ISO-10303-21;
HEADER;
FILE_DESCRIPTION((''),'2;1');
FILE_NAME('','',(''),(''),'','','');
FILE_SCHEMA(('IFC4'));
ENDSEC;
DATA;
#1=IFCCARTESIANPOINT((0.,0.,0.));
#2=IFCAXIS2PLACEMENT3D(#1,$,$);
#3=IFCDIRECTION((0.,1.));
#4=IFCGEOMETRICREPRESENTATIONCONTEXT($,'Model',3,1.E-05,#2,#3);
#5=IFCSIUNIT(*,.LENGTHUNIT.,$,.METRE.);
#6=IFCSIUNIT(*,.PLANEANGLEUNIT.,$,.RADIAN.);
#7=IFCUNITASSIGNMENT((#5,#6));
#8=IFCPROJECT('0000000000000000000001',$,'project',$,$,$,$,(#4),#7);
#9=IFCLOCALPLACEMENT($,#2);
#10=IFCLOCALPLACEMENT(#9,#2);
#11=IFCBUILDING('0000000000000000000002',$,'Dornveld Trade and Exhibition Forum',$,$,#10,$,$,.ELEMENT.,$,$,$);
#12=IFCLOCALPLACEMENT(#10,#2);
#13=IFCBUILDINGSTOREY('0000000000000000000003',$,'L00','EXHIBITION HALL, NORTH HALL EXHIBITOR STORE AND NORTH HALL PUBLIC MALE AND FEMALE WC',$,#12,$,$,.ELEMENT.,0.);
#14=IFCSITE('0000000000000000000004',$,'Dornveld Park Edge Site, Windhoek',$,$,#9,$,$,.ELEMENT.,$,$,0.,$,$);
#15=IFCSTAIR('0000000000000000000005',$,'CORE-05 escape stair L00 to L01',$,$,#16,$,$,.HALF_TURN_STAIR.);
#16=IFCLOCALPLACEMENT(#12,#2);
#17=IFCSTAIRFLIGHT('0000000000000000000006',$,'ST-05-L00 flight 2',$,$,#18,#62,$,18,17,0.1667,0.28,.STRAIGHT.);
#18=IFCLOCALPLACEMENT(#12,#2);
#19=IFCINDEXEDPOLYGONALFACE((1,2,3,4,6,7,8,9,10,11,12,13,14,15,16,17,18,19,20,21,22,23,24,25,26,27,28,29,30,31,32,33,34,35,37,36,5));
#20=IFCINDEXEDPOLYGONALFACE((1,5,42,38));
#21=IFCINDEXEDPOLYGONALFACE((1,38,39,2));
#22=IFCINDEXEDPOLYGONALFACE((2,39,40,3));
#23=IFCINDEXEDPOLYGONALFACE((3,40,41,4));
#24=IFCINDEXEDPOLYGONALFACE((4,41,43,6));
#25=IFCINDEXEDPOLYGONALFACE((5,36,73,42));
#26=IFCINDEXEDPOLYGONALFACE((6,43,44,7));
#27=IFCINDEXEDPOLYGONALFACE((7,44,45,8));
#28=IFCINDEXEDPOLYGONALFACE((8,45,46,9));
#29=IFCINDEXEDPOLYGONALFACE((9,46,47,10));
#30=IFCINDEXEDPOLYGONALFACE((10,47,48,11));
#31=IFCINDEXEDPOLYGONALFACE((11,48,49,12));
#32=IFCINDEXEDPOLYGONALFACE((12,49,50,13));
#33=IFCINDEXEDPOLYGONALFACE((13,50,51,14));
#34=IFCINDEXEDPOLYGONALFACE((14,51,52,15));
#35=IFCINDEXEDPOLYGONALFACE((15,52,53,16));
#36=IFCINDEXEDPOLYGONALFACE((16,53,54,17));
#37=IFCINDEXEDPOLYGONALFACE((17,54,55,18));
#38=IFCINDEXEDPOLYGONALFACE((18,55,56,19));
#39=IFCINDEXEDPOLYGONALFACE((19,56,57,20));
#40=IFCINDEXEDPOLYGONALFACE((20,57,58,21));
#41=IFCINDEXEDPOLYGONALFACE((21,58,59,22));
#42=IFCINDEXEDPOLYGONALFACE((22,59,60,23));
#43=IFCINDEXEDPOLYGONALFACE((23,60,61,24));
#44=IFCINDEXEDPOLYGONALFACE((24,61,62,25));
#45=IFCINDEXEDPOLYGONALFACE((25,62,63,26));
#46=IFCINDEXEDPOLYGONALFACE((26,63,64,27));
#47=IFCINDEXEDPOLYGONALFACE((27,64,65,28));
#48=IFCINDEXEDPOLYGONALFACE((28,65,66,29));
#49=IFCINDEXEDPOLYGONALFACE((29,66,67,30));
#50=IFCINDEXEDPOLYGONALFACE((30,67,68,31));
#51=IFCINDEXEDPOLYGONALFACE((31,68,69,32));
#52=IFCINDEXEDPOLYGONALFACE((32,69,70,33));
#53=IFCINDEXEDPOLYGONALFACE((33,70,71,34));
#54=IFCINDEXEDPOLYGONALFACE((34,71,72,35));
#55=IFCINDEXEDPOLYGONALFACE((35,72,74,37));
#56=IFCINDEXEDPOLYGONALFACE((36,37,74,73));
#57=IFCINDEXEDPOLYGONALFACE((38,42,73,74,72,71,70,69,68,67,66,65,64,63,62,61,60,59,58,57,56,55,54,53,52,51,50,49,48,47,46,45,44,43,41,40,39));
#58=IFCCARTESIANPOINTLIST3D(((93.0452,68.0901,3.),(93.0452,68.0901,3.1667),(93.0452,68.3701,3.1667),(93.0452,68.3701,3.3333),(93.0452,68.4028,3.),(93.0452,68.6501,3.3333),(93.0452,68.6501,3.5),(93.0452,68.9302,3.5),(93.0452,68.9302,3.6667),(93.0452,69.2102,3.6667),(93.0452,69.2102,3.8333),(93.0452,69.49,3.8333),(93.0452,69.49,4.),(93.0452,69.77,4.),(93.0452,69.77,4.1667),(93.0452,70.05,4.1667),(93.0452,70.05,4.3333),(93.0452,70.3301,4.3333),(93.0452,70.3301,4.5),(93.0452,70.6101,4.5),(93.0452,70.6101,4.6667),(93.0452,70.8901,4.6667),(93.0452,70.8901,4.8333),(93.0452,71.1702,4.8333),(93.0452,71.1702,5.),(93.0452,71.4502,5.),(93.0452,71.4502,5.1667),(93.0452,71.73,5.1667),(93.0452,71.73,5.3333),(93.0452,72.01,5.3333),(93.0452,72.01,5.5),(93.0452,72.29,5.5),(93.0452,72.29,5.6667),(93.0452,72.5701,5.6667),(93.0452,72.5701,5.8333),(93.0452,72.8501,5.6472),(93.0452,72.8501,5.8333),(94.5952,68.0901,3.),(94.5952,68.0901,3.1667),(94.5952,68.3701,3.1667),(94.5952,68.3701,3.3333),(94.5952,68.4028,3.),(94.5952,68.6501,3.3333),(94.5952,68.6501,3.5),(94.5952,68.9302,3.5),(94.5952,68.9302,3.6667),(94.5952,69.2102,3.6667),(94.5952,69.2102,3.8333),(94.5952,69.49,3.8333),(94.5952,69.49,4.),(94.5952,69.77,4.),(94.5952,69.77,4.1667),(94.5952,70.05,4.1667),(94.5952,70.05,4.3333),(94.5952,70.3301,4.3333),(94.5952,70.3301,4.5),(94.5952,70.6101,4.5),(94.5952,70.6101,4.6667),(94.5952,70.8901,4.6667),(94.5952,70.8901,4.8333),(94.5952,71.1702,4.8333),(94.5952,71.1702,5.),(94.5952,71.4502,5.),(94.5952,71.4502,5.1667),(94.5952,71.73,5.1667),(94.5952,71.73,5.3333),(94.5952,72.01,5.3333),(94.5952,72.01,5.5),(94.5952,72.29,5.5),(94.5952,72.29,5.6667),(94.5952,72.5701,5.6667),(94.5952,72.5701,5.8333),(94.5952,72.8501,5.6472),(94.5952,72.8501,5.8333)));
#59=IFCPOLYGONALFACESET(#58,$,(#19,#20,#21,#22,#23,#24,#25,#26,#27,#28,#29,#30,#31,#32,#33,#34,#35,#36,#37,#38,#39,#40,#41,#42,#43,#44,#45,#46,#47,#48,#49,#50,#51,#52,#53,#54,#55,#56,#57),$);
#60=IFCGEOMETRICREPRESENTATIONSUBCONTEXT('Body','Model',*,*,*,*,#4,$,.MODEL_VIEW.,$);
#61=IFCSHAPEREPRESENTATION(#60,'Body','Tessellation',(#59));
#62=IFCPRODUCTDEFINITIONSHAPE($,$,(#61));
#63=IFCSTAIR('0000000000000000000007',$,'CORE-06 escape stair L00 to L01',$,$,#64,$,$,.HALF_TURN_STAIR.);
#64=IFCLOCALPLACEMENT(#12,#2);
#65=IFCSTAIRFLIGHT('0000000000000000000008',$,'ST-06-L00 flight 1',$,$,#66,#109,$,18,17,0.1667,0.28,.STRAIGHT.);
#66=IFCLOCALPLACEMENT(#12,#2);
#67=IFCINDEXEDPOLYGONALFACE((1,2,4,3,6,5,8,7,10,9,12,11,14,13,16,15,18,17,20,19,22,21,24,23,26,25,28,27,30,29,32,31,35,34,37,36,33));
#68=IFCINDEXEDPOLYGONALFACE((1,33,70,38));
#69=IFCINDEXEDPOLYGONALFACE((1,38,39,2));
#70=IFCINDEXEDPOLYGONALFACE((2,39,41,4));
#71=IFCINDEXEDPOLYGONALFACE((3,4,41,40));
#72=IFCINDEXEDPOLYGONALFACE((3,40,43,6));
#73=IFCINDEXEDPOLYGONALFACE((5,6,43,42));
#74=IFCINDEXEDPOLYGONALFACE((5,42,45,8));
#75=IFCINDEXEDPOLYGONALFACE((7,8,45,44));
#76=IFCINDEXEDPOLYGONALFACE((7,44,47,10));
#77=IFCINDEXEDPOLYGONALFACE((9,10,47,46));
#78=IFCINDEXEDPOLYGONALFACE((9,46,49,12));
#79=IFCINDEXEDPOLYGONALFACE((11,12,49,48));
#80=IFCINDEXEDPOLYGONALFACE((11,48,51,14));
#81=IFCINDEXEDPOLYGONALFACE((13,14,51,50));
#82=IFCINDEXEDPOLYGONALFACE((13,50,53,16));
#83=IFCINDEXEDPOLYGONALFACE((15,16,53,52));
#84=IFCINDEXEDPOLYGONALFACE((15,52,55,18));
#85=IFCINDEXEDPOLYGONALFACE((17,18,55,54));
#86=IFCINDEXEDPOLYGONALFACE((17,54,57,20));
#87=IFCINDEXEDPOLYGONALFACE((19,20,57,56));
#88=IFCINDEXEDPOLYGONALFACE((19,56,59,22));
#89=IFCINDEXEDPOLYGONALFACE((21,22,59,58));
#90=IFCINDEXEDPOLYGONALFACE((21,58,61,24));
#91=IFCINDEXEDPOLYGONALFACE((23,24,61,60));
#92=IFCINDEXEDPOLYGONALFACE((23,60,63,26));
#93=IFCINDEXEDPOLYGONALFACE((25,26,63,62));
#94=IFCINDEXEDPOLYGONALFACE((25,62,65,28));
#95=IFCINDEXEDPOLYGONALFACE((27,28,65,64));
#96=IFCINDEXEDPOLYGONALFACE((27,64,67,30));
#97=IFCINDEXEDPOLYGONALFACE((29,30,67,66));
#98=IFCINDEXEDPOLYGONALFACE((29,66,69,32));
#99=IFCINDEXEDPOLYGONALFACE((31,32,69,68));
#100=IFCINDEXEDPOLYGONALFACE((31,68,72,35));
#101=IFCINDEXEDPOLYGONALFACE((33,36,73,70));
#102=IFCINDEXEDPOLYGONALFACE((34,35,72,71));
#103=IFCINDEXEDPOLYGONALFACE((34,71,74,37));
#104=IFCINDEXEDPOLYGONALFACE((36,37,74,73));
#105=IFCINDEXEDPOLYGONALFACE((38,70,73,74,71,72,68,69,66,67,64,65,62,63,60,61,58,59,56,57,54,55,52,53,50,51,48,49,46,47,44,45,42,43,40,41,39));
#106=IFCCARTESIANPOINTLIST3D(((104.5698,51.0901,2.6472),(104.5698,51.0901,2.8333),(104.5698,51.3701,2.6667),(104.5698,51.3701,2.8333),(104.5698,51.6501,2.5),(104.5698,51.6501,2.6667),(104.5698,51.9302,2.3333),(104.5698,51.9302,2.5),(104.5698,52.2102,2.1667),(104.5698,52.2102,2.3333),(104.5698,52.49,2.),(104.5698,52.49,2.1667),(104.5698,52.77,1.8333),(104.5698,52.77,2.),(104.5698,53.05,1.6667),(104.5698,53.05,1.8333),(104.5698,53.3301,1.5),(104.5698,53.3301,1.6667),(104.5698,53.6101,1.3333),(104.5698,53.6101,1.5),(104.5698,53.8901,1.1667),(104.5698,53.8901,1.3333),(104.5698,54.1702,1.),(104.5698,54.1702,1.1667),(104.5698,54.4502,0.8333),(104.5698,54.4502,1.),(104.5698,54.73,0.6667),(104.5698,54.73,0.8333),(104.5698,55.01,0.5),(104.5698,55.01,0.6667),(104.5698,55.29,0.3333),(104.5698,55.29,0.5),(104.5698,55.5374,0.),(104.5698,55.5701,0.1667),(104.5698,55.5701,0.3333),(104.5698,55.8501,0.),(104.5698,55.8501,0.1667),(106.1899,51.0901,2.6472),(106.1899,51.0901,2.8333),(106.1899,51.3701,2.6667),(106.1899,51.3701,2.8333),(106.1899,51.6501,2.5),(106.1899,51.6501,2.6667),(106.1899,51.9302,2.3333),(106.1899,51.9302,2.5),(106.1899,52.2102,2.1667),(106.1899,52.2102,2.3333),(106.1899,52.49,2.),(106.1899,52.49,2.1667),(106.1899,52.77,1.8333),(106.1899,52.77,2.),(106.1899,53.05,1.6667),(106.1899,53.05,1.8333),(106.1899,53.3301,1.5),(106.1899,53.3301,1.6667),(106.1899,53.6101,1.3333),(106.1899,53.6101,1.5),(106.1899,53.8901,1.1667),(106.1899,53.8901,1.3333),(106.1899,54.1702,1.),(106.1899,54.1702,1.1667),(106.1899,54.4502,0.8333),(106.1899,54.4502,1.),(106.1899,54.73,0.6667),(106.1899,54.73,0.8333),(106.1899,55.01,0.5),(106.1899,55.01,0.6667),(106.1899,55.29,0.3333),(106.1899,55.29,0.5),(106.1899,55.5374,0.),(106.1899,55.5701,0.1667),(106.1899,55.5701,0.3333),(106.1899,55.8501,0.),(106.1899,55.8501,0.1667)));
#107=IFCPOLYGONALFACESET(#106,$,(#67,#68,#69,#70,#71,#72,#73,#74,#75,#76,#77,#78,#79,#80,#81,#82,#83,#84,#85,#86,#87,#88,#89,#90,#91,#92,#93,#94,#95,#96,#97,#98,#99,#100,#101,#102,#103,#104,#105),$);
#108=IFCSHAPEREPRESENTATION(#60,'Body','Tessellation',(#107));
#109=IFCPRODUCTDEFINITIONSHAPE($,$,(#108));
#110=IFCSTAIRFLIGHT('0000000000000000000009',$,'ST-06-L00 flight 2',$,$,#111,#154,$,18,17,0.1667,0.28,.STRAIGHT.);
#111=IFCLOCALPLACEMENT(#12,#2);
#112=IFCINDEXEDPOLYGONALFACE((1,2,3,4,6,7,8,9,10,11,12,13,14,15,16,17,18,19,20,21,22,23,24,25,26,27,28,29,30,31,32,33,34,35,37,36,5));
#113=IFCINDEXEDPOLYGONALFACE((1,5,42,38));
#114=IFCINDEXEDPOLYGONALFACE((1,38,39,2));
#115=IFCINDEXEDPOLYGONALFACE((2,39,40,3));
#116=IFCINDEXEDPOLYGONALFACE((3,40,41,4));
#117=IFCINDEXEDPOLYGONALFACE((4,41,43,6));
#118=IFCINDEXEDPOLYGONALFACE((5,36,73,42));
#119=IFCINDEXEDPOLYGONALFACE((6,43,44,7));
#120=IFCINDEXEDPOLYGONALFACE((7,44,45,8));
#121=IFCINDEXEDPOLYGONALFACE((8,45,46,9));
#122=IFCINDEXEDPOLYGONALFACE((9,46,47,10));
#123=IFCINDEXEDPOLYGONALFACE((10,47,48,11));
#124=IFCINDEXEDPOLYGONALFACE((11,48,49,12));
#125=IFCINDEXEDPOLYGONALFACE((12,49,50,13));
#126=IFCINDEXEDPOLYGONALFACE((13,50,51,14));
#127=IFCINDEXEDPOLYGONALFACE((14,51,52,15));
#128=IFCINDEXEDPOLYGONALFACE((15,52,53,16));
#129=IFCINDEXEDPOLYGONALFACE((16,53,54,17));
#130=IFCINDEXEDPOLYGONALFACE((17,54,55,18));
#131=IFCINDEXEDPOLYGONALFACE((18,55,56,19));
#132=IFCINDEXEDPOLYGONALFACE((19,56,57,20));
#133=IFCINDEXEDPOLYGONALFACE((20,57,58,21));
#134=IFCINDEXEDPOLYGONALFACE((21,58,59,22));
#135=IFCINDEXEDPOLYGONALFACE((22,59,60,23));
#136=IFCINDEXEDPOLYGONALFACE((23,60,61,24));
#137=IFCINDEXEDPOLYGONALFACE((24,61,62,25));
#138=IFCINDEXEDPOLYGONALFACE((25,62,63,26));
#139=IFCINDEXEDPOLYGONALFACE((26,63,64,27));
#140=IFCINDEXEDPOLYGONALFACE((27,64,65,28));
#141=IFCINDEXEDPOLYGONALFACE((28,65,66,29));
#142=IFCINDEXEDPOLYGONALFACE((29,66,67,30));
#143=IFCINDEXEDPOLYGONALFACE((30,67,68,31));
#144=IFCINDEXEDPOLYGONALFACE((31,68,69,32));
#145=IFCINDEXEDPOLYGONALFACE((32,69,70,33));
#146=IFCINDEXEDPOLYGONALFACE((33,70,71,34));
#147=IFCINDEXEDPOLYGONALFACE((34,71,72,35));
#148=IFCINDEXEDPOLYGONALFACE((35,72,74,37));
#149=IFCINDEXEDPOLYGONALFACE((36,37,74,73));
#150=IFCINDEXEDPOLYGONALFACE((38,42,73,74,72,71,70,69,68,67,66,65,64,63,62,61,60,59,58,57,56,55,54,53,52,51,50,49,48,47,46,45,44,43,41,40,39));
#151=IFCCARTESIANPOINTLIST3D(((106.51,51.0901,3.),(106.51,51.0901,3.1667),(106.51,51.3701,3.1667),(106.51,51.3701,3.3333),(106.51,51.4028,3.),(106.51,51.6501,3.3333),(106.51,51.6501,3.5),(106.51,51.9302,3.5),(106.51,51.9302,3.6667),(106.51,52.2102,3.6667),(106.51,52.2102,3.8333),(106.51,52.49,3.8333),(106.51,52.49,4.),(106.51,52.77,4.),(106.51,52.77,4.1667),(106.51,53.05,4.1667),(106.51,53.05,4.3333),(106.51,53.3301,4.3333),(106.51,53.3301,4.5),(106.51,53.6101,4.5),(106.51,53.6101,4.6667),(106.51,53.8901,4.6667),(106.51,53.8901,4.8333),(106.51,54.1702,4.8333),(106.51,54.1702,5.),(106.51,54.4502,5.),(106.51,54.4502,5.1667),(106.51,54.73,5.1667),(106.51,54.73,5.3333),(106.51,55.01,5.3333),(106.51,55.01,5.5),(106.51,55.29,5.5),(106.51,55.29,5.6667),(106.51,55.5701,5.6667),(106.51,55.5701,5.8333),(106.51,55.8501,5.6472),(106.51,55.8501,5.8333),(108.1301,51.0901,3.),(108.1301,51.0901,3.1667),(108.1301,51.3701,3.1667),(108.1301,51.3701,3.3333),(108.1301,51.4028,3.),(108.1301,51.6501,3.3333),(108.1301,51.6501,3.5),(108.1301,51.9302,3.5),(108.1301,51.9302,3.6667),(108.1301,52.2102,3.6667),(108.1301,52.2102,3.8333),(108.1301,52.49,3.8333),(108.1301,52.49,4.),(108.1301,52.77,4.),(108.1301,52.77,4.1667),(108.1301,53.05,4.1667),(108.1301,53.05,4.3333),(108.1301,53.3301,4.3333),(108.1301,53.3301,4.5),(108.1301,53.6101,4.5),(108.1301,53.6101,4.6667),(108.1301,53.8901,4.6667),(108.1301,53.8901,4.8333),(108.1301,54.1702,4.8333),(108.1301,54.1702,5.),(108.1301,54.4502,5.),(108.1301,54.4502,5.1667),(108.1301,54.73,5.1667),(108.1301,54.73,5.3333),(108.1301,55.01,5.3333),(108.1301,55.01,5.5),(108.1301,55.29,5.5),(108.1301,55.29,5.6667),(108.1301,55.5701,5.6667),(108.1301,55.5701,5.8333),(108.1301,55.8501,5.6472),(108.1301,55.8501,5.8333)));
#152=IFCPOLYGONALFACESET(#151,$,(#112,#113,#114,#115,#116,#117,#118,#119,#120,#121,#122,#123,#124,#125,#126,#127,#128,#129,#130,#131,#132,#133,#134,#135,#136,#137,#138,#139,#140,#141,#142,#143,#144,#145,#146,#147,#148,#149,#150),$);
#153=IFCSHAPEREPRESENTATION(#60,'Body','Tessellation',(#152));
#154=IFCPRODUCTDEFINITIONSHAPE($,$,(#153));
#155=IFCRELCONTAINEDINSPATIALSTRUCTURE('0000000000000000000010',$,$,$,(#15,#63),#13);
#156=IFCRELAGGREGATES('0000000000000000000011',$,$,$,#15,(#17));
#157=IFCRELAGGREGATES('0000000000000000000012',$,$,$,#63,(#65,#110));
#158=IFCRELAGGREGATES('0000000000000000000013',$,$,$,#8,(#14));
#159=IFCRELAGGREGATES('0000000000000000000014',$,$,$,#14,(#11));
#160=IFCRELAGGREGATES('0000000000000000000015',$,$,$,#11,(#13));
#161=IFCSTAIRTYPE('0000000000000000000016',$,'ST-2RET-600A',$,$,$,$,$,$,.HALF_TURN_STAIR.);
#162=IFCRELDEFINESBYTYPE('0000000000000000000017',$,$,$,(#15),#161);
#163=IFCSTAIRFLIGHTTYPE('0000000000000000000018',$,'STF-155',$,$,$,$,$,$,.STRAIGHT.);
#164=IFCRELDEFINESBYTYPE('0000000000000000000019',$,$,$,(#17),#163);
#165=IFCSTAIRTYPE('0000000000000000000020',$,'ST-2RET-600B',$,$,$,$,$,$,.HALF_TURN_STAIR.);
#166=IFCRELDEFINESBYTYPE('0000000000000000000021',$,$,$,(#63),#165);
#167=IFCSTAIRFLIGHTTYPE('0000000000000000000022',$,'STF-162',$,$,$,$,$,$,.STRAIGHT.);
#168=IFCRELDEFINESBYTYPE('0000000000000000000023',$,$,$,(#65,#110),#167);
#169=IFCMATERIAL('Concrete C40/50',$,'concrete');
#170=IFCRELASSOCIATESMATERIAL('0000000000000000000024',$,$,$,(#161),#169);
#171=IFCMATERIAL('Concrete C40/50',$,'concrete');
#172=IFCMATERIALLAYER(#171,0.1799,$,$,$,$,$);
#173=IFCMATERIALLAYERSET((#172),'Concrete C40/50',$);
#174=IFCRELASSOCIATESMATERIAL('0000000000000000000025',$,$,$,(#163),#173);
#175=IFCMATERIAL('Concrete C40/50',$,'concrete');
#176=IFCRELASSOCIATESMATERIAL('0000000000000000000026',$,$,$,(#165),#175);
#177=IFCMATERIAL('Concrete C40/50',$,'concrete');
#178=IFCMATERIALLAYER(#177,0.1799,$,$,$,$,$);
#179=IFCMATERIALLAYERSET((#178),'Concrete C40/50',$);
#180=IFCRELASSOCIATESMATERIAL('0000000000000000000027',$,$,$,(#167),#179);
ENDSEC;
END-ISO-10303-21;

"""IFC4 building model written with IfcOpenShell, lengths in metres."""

from ifc_helpers import new_model, si_unit, direction, frame, origin, place, context, subcontext, project, spatial, polyline, outline, extrude, material, layer, layer_set, type_object, element, aggregate, save


model = new_model("IFC4")

# Units and contexts
model_context = context("Model", 3, precision=1e-05, world=origin(), true_north=direction((0.0, 1.0)))
body_context = subcontext(model_context, "Body", "Model", "MODEL_VIEW")
ifc_project = project(units=[si_unit("LENGTHUNIT", "METRE"), si_unit("PLANEANGLEUNIT", "RADIAN")], contexts=[model_context])

# Site, building, storey
site_placement = place(None, origin())
site = spatial("IfcSite", under=ifc_project, at=site_placement, Name="Dornveld Park Edge Site, Windhoek", CompositionType="ELEMENT", RefElevation=0.0)
building_placement = place(site_placement, origin())
building = spatial("IfcBuilding", under=site, at=building_placement, Name="Dornveld Trade and Exhibition Forum", CompositionType="ELEMENT")
storey_placement = place(building_placement, origin())
storey = spatial("IfcBuildingStorey", under=building, at=storey_placement, Name="L00", Description="EXHIBITION HALL, NORTH HALL EXHIBITOR STORE AND NORTH HALL PUBLIC MALE AND FEMALE WC", CompositionType="ELEMENT", Elevation=0.0)

# Stair, stair flight
ifc_material_1 = material(Name="Concrete C40/50", Category="concrete")
stair_type_1 = type_object("IfcStairType", Name="ST-2RET-600A", PredefinedType="HALF_TURN_STAIR", material=ifc_material_1)
stair_1_placement = place(storey_placement, origin())
stair_1 = element("IfcStair", 1, at=stair_1_placement, inside=storey, type_object=stair_type_1, Name="CORE-05 escape stair L00 to L01", PredefinedType="HALF_TURN_STAIR")
ifc_material_2 = material(Name="Concrete C40/50", Category="concrete")
ifc_layer_1 = layer(ifc_material_2, 0.1799)
ifc_layer_set_1 = layer_set([ifc_layer_1], Name="Concrete C40/50")
stair_flight_type_1 = type_object("IfcStairFlightType", Name="STF-155", PredefinedType="STRAIGHT", material=ifc_layer_set_1)
stair_flight_1_placement = place(storey_placement, frame((93.8201, 68.0901, 3.0), z_axis=(0.0, 0.0, 1.0), x_axis=(0.0, 1.0, 0.0)))
stair_flight_1 = element("IfcStairFlight", 2, at=stair_flight_1_placement, type_object=stair_flight_type_1, Name="ST-05-L00 flight 2", NumberOfRisers=18, NumberOfTreads=17, PredefinedType="STRAIGHT", RiserHeight=0.1667, TreadLength=0.28, context=body_context, shape_type="SweptSolid", body=[
    extrude(outline(polyline([(0.0, 0.0), (0.0, 0.1667), (0.28, 0.1667), (0.28, 0.3333), (0.5601, 0.3333), (0.5601, 0.5), (0.8401, 0.5), (0.8401, 0.6667), (1.1201, 0.6667), (1.1201, 0.8333), (1.3999, 0.8333), (1.3999, 1.0), (1.6799, 1.0), (1.6799, 1.1667), (1.96, 1.1667), (1.96, 1.3333), (2.24, 1.3333), (2.24, 1.5), (2.52, 1.5), (2.52, 1.6667), (2.8, 1.6667), (2.8, 1.8333), (3.0801, 1.8333), (3.0801, 2.0), (3.3601, 2.0), (3.3601, 2.1667), (3.6399, 2.1667), (3.6399, 2.3333), (3.9199, 2.3333), (3.9199, 2.5), (4.2, 2.5), (4.2, 2.6667), (4.48, 2.6667), (4.48, 2.8333), (4.76, 2.8333), (4.76, 3.0), (4.76, 2.6472), (0.3127, 0.0), (0.0, 0.0)])), frame((0.0, 0.7749, 0.0), z_axis=(0.0, -1.0, 0.0), x_axis=(1.0, 0.0, 0.0)), (0.0, 0.0, 1.0), 1.55),
])
aggregate(stair_1, [stair_flight_1])

# Stair, stair flights
ifc_material_3 = material(Name="Concrete C40/50", Category="concrete")
stair_type_2 = type_object("IfcStairType", Name="ST-2RET-600B", PredefinedType="HALF_TURN_STAIR", material=ifc_material_3)
stair_2_placement = place(storey_placement, origin())
stair_2 = element("IfcStair", 3, at=stair_2_placement, inside=storey, type_object=stair_type_2, Name="CORE-06 escape stair L00 to L01", PredefinedType="HALF_TURN_STAIR")
ifc_material_4 = material(Name="Concrete C40/50", Category="concrete")
ifc_layer_2 = layer(ifc_material_4, 0.1799)
ifc_layer_set_2 = layer_set([ifc_layer_2], Name="Concrete C40/50")
stair_flight_type_2 = type_object("IfcStairFlightType", Name="STF-162", PredefinedType="STRAIGHT", material=ifc_layer_set_2)
stair_flight_2_placement = place(storey_placement, frame((105.3799, 55.8501, 0.0), z_axis=(0.0, 0.0, 1.0), x_axis=(0.0, -1.0, 0.0)))
stair_flight_2 = element("IfcStairFlight", 4, at=stair_flight_2_placement, type_object=stair_flight_type_2, Name="ST-06-L00 flight 1", NumberOfRisers=18, NumberOfTreads=17, PredefinedType="STRAIGHT", RiserHeight=0.1667, TreadLength=0.28, context=body_context, shape_type="SweptSolid", body=[
    extrude(outline(polyline([(0.0, 0.0), (0.0, 0.1667), (0.28, 0.1667), (0.28, 0.3333), (0.5601, 0.3333), (0.5601, 0.5), (0.8401, 0.5), (0.8401, 0.6667), (1.1201, 0.6667), (1.1201, 0.8333), (1.3999, 0.8333), (1.3999, 1.0), (1.6799, 1.0), (1.6799, 1.1667), (1.96, 1.1667), (1.96, 1.3333), (2.24, 1.3333), (2.24, 1.5), (2.52, 1.5), (2.52, 1.6667), (2.8, 1.6667), (2.8, 1.8333), (3.0801, 1.8333), (3.0801, 2.0), (3.3601, 2.0), (3.3601, 2.1667), (3.6399, 2.1667), (3.6399, 2.3333), (3.9199, 2.3333), (3.9199, 2.5), (4.2, 2.5), (4.2, 2.6667), (4.48, 2.6667), (4.48, 2.8333), (4.76, 2.8333), (4.76, 3.0), (4.76, 2.6472), (0.3127, 0.0), (0.0, 0.0)])), frame((0.0, 0.8101, 0.0), z_axis=(0.0, -1.0, 0.0), x_axis=(1.0, 0.0, 0.0)), (0.0, 0.0, 1.0), 1.6201),
])
stair_flight_3_placement = place(storey_placement, frame((107.3201, 51.0901, 3.0), z_axis=(0.0, 0.0, 1.0), x_axis=(0.0, 1.0, 0.0)))
stair_flight_3 = element("IfcStairFlight", 5, at=stair_flight_3_placement, type_object=stair_flight_type_2, Name="ST-06-L00 flight 2", NumberOfRisers=18, NumberOfTreads=17, PredefinedType="STRAIGHT", RiserHeight=0.1667, TreadLength=0.28, context=body_context, shape_type="SweptSolid", body=[
    extrude(outline(polyline([(0.0, 0.0), (0.0, 0.1667), (0.28, 0.1667), (0.28, 0.3333), (0.5601, 0.3333), (0.5601, 0.5), (0.8401, 0.5), (0.8401, 0.6667), (1.1201, 0.6667), (1.1201, 0.8333), (1.3999, 0.8333), (1.3999, 1.0), (1.6799, 1.0), (1.6799, 1.1667), (1.96, 1.1667), (1.96, 1.3333), (2.24, 1.3333), (2.24, 1.5), (2.52, 1.5), (2.52, 1.6667), (2.8, 1.6667), (2.8, 1.8333), (3.0801, 1.8333), (3.0801, 2.0), (3.3601, 2.0), (3.3601, 2.1667), (3.6399, 2.1667), (3.6399, 2.3333), (3.9199, 2.3333), (3.9199, 2.5), (4.2, 2.5), (4.2, 2.6667), (4.48, 2.6667), (4.48, 2.8333), (4.76, 2.8333), (4.76, 3.0), (4.76, 2.6472), (0.3127, 0.0), (0.0, 0.0)])), frame((0.0, 0.8101, 0.0), z_axis=(0.0, -1.0, 0.0), x_axis=(1.0, 0.0, 0.0)), (0.0, 0.0, 1.0), 1.6201),
])
aggregate(stair_2, [stair_flight_2, stair_flight_3])

save(model, "model.ifc")
